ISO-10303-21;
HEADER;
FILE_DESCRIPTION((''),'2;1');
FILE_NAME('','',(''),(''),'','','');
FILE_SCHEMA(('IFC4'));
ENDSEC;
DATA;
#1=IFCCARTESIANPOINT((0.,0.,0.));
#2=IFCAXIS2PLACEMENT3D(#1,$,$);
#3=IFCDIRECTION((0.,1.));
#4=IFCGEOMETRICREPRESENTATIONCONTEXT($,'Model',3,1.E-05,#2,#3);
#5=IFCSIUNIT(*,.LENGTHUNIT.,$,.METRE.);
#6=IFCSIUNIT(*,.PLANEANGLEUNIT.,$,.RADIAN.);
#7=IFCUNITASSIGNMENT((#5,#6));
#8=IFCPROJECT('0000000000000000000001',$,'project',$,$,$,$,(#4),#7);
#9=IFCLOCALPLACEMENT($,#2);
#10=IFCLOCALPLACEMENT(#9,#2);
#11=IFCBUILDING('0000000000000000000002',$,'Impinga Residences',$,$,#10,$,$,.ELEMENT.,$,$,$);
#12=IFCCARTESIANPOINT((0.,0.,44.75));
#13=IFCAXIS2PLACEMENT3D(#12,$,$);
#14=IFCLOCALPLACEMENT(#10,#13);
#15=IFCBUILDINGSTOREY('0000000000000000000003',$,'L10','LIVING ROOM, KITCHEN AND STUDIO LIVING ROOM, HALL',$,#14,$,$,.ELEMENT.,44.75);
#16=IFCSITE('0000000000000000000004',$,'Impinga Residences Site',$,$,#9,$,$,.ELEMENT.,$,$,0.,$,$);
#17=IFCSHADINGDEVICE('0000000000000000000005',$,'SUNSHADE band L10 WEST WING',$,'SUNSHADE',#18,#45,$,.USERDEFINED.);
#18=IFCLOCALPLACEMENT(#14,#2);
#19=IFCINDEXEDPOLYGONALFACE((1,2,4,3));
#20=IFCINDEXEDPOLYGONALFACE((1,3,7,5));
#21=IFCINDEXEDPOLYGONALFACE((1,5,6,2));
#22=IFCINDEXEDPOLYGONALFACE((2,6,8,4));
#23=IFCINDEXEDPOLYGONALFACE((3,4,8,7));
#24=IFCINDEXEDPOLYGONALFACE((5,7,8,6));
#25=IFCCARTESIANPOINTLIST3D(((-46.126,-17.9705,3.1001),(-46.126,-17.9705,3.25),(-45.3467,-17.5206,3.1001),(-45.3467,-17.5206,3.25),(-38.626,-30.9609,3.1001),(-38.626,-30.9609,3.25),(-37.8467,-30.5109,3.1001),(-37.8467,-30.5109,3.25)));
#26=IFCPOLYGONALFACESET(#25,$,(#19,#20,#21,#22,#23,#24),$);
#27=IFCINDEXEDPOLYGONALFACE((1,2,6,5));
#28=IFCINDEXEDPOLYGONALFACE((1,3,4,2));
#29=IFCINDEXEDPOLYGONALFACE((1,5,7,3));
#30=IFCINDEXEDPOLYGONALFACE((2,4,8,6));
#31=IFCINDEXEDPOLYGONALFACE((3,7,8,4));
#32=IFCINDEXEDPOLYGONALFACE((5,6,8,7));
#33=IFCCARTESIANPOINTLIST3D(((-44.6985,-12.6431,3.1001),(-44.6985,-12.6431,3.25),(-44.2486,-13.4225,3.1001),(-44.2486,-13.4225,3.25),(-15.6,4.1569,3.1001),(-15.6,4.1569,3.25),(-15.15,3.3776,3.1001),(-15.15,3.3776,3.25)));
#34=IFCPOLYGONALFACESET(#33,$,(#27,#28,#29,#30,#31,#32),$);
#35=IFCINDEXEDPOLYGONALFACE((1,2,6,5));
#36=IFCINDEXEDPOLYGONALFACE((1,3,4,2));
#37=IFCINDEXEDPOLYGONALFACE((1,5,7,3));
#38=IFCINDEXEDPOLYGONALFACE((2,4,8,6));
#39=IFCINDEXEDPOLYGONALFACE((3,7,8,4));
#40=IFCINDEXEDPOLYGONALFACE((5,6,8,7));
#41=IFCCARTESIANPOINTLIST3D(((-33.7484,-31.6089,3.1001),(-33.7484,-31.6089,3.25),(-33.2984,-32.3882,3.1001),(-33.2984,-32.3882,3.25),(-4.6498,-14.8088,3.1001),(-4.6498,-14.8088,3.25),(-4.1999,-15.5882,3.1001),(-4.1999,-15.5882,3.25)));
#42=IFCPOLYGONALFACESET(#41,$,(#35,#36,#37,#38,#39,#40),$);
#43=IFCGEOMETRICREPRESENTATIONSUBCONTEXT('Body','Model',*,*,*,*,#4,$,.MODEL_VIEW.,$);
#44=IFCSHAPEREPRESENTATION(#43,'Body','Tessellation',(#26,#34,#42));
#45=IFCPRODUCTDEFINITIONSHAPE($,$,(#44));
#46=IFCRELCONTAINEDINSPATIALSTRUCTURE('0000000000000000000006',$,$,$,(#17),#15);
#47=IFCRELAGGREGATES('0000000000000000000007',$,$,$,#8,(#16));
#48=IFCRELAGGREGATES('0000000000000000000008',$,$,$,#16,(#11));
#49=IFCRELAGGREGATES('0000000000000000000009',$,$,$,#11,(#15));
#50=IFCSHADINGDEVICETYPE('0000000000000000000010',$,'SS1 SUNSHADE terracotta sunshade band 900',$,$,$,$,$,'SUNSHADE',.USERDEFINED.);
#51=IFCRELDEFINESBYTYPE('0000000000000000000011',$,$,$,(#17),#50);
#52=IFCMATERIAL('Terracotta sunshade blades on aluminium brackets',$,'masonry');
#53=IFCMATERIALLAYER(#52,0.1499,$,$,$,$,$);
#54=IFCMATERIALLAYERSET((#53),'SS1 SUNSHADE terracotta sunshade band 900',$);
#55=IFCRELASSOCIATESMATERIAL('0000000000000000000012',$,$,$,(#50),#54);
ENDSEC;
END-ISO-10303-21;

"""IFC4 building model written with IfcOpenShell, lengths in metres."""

from ifc_helpers import new_model, si_unit, direction, frame, origin, origin_2d, place, context, subcontext, project, spatial, rectangle, extrude, material, layer, layer_set, type_object, element, save


model = new_model("IFC4")

# Units and contexts
model_context = context("Model", 3, precision=1e-05, world=origin(), true_north=direction((0.0, 1.0)))
body_context = subcontext(model_context, "Body", "Model", "MODEL_VIEW")
ifc_project = project(units=[si_unit("LENGTHUNIT", "METRE"), si_unit("PLANEANGLEUNIT", "RADIAN")], contexts=[model_context])

# Site, building, storey
site_placement = place(None, origin())
site = spatial("IfcSite", under=ifc_project, at=site_placement, Name="Impinga Residences Site", CompositionType="ELEMENT", RefElevation=0.0)
building_placement = place(site_placement, origin())
building = spatial("IfcBuilding", under=site, at=building_placement, Name="Impinga Residences", CompositionType="ELEMENT")
storey_placement = place(building_placement, frame((0.0, 0.0, 44.75)))
storey = spatial("IfcBuildingStorey", under=building, at=storey_placement, Name="L10", Description="LIVING ROOM, KITCHEN AND STUDIO LIVING ROOM, HALL", CompositionType="ELEMENT", Elevation=44.75)

# Shading device
ifc_material_1 = material(Name="Terracotta sunshade blades on aluminium brackets", Category="masonry")
ifc_layer_1 = layer(ifc_material_1, 0.1499)
ifc_layer_set_1 = layer_set([ifc_layer_1], Name="SS1 SUNSHADE terracotta sunshade band 900")
shading_device_type = type_object("IfcShadingDeviceType", Name="SS1 SUNSHADE terracotta sunshade band 900", ElementType="SUNSHADE", PredefinedType="USERDEFINED", material=ifc_layer_set_1)
shading_device_placement = place(storey_placement, frame((-41.9863, -24.2407, 3.1001), z_axis=(0.0, 0.0, 1.0), x_axis=(-0.5, 0.866025, 0.0)))
element("IfcShadingDevice", 1, at=shading_device_placement, inside=storey, type_object=shading_device_type, Name="SUNSHADE band L10 WEST WING", ObjectType="SUNSHADE", PredefinedType="USERDEFINED", context=body_context, shape_type="SweptSolid", body=[
    extrude(rectangle(XDim=15.0, YDim=0.8999, at=origin_2d()), origin(), (0.0, 0.0, 1.0), 0.1499),
    extrude(rectangle(XDim=33.6001, YDim=0.8999, at=origin_2d()), frame((10.95, -20.25, 0.0), z_axis=(0.0, 0.0, 1.0), x_axis=(0.0, -1.0, 0.0)), (0.0, 0.0, 1.0), 0.1499),
    extrude(rectangle(XDim=33.6001, YDim=0.8999, at=origin_2d()), frame((-10.95, -20.2502, 0.0), z_axis=(0.0, 0.0, 1.0), x_axis=(0.0, 1.0, 0.0)), (0.0, 0.0, 1.0), 0.1499),
])

save(model, "model.ifc")
